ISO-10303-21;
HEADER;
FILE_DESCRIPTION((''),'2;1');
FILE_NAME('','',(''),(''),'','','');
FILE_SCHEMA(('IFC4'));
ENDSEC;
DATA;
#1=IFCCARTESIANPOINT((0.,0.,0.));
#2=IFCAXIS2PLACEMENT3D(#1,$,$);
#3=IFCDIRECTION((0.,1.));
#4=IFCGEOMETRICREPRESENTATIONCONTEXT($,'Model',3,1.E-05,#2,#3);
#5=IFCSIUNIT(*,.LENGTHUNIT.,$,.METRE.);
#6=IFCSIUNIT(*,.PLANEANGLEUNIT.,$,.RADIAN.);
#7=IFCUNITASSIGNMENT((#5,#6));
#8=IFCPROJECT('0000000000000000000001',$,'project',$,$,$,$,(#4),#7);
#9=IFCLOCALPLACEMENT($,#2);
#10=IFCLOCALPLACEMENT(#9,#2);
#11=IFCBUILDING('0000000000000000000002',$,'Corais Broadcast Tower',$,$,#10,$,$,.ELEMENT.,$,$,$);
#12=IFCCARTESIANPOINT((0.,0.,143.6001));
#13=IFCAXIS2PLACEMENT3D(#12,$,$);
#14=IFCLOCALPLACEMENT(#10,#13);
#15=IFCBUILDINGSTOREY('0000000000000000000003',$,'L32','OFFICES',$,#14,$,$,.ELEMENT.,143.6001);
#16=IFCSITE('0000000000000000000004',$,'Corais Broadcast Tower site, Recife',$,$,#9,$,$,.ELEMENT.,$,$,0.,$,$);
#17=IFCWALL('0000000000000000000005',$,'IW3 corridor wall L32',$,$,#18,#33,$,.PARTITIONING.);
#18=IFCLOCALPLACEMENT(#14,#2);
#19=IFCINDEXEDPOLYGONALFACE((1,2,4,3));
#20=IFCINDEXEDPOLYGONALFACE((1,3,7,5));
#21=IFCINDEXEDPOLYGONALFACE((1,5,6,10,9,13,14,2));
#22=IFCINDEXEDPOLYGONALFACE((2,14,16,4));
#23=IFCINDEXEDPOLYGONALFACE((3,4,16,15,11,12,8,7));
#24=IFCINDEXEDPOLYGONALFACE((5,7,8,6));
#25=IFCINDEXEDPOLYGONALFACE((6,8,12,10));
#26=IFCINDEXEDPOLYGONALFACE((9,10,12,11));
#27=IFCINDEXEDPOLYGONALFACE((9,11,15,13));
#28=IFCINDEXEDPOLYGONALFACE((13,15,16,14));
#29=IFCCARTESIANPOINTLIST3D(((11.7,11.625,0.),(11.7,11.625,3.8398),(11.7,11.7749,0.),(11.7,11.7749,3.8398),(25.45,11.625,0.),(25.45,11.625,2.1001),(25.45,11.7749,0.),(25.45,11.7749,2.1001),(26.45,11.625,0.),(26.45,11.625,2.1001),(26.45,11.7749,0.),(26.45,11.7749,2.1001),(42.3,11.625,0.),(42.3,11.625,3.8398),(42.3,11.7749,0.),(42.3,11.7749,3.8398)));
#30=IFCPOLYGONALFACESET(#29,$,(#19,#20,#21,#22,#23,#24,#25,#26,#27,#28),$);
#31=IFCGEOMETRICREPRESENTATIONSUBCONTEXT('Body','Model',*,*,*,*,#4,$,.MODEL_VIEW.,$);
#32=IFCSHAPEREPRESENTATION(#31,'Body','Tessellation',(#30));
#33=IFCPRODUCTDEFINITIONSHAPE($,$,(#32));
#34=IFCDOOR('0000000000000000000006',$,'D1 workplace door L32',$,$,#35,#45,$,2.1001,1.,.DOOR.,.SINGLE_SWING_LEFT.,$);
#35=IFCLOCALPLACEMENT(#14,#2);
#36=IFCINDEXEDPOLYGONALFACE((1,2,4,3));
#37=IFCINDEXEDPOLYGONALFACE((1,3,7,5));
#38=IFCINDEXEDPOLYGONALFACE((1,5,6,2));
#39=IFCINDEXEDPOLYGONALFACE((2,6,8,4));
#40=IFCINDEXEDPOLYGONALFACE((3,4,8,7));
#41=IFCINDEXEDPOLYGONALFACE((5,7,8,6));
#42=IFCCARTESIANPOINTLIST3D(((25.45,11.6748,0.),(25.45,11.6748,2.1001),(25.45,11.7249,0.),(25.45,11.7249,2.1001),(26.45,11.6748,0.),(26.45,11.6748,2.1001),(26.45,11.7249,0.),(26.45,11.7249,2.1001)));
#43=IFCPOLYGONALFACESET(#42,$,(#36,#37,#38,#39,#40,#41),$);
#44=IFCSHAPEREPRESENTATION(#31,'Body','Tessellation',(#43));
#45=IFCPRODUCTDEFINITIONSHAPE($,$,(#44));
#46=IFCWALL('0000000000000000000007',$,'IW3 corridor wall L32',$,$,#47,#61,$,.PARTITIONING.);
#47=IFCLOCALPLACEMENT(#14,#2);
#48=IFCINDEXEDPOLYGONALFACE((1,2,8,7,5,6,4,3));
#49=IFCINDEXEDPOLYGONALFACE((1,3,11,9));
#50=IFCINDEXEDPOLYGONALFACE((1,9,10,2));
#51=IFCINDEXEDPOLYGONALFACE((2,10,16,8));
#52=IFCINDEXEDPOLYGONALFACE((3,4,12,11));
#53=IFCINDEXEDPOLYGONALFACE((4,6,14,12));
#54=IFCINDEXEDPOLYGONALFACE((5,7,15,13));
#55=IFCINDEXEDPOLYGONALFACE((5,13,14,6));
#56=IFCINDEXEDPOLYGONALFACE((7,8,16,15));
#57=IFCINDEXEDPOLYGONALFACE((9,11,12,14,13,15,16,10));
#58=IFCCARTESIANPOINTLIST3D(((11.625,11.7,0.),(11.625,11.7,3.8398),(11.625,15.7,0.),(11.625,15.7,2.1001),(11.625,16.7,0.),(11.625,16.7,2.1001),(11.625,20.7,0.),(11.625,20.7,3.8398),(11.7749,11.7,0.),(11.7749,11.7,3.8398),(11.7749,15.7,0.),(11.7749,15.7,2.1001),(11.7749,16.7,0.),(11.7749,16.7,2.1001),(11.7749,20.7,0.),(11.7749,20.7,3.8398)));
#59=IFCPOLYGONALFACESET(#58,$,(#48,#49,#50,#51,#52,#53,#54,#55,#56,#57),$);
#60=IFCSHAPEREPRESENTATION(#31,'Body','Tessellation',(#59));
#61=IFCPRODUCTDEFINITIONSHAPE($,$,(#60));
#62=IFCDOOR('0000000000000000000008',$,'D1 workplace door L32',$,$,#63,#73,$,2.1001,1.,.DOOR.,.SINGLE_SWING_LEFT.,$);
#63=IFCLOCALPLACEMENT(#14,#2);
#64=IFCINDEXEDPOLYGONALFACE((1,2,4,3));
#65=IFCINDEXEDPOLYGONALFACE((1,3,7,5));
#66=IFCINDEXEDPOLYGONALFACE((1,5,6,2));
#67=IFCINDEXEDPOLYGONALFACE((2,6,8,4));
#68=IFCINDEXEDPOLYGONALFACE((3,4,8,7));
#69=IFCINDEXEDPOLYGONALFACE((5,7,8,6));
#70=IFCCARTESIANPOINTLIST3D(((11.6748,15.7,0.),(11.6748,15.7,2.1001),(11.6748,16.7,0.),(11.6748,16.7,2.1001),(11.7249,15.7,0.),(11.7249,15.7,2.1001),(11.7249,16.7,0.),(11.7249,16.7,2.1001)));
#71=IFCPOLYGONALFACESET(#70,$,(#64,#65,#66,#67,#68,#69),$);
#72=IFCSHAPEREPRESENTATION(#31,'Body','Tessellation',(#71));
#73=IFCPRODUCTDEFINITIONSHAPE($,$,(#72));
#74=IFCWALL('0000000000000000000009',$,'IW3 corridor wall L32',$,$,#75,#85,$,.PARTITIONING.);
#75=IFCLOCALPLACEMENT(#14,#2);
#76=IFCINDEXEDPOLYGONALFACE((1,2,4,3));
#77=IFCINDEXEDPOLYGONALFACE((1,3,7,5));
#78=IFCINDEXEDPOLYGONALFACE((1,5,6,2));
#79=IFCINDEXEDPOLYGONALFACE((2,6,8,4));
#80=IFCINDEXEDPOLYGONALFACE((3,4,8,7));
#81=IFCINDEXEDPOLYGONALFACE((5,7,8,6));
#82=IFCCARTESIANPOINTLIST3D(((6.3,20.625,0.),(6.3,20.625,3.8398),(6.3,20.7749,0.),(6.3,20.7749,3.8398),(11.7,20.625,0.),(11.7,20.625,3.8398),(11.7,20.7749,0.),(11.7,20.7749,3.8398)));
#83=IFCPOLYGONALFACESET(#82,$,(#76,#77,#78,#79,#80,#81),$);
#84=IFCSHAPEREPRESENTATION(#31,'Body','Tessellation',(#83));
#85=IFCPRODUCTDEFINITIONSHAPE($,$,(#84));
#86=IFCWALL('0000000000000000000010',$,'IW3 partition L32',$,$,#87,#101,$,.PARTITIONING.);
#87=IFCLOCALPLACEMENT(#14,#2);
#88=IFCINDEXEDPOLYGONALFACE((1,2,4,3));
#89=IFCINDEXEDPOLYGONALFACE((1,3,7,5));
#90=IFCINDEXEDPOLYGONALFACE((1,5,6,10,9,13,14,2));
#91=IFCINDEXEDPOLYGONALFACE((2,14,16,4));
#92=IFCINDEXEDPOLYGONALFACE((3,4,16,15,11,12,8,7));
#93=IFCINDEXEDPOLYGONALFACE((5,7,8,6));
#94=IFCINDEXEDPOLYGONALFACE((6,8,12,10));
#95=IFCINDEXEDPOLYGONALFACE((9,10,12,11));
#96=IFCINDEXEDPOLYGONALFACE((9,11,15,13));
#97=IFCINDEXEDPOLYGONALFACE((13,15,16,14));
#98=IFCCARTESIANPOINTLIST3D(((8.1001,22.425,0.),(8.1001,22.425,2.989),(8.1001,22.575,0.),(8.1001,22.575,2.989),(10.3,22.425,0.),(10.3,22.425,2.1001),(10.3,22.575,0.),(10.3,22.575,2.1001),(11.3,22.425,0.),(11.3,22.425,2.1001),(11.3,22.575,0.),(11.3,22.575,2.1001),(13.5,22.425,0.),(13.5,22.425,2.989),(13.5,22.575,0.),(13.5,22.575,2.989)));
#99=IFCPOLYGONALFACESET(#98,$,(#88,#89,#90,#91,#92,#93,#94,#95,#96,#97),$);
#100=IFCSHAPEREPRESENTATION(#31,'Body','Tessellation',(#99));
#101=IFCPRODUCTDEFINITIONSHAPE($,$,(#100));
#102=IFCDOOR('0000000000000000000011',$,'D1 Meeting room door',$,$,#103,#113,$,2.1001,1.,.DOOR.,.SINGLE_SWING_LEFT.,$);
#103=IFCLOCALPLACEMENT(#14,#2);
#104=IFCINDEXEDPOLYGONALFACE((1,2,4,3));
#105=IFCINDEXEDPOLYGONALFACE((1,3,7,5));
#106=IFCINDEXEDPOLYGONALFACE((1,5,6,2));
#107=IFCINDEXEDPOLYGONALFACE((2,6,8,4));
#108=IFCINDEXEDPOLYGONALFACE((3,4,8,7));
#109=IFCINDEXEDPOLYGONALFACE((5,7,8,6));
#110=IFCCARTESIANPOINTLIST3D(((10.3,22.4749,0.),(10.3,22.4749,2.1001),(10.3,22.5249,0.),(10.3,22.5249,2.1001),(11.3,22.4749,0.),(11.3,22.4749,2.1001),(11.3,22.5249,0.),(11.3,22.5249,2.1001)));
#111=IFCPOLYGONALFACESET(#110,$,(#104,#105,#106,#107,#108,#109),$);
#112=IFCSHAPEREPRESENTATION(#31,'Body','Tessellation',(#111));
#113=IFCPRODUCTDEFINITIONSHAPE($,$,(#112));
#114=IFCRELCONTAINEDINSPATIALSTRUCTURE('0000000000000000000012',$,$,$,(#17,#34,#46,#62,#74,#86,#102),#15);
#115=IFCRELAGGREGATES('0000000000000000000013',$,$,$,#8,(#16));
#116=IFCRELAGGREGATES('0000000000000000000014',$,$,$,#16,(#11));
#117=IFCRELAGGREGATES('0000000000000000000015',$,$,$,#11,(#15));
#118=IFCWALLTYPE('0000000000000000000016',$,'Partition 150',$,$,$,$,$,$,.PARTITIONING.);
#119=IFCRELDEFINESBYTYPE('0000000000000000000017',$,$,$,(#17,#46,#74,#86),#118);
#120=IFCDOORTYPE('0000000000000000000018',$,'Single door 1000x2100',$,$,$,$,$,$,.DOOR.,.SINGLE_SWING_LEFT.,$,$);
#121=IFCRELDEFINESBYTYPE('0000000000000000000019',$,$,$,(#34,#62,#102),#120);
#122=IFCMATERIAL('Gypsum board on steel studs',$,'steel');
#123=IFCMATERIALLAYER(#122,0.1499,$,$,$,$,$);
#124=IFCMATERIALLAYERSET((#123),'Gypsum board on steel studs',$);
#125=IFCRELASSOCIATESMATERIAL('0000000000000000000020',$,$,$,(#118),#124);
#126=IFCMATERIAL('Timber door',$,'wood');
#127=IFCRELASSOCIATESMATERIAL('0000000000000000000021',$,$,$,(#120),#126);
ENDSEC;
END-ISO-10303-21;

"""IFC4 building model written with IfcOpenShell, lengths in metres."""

from ifc_helpers import new_model, si_unit, direction, frame, frame_2d, origin, place, context, subcontext, project, spatial, rectangle, extrude, material, layer, layer_set, type_object, element, fill, save


model = new_model("IFC4")

# Units and contexts
model_context = context("Model", 3, precision=1e-05, world=origin(), true_north=direction((0.0, 1.0)))
body_context = subcontext(model_context, "Body", "Model", "MODEL_VIEW")
ifc_project = project(units=[si_unit("LENGTHUNIT", "METRE"), si_unit("PLANEANGLEUNIT", "RADIAN")], contexts=[model_context])

# Site, building, storey
site_placement = place(None, origin())
site = spatial("IfcSite", under=ifc_project, at=site_placement, Name="Corais Broadcast Tower site, Recife", CompositionType="ELEMENT", RefElevation=0.0)
building_placement = place(site_placement, origin())
building = spatial("IfcBuilding", under=site, at=building_placement, Name="Corais Broadcast Tower", CompositionType="ELEMENT")
storey_placement = place(building_placement, frame((0.0, 0.0, 143.6001)))
storey = spatial("IfcBuildingStorey", under=building, at=storey_placement, Name="L32", Description="OFFICES", CompositionType="ELEMENT", Elevation=143.6001)

# Walls, openings, doors
ifc_material_1 = material(Name="Gypsum board on steel studs", Category="steel")
ifc_layer_1 = layer(ifc_material_1, 0.1499)
ifc_layer_set_1 = layer_set([ifc_layer_1], Name="Gypsum board on steel studs")
wall_type_1 = type_object("IfcWallType", Name="Partition 150", PredefinedType="PARTITIONING", material=ifc_layer_set_1)
wall_1_placement = place(storey_placement, frame((11.7, 11.7, 0.0), z_axis=(0.0, 0.0, 1.0), x_axis=(1.0, 0.0, 0.0)))
wall_1 = element("IfcWall", 1, at=wall_1_placement, inside=storey, type_object=wall_type_1, Name="IW3 corridor wall L32", PredefinedType="PARTITIONING", context=body_context, shape_type="SweptSolid", body=[
    extrude(rectangle(XDim=30.6001, YDim=0.1499, at=frame_2d((15.3, 0.0))), origin(), (0.0, 0.0, 1.0), 3.8398),
])
opening_1_placement = place(wall_1_placement, frame((13.75, 0.0, 0.0)))
opening_1 = element("IfcOpeningElement", 2, at=opening_1_placement, cuts=wall_1, PredefinedType="OPENING", context=body_context, shape_type="SweptSolid", body=[
    extrude(rectangle(XDim=1.0, YDim=2.1001, at=frame_2d((0.5, 1.05))), frame((0.0, 0.085, 0.0), z_axis=(0.0, -1.0, 0.0), x_axis=(1.0, 0.0, 0.0)), (0.0, 0.0, 1.0), 0.1699),
])
ifc_material_2 = material(Name="Timber door", Category="wood")
door_type = type_object("IfcDoorType", Name="Single door 1000x2100", OperationType="SINGLE_SWING_LEFT", PredefinedType="DOOR", material=ifc_material_2)
door_1_placement = place(opening_1_placement, origin())
door_1 = element("IfcDoor", 3, at=door_1_placement, inside=storey, type_object=door_type, Name="D1 workplace door L32", OperationType="SINGLE_SWING_LEFT", OverallHeight=2.1001, OverallWidth=1.0, PredefinedType="DOOR", context=body_context, shape_type="SweptSolid", body=[
    extrude(rectangle(XDim=1.0, YDim=2.1001, at=frame_2d((0.5, 1.05))), frame((0.0, 0.0249, 0.0), z_axis=(0.0, -1.0, 0.0), x_axis=(1.0, 0.0, 0.0)), (0.0, 0.0, 1.0), 0.05),
])
fill(opening_1, door_1)
wall_2_placement = place(storey_placement, frame((11.7, 20.7, 0.0), z_axis=(0.0, 0.0, 1.0), x_axis=(0.0, -1.0, 0.0)))
wall_2 = element("IfcWall", 4, at=wall_2_placement, inside=storey, type_object=wall_type_1, Name="IW3 corridor wall L32", PredefinedType="PARTITIONING", context=body_context, shape_type="SweptSolid", body=[
    extrude(rectangle(XDim=9.0, YDim=0.1499, at=frame_2d((4.5, 0.0))), origin(), (0.0, 0.0, 1.0), 3.8398),
])
opening_2_placement = place(wall_2_placement, frame((4.0, 0.0, 0.0)))
opening_2 = element("IfcOpeningElement", 5, at=opening_2_placement, cuts=wall_2, PredefinedType="OPENING", context=body_context, shape_type="SweptSolid", body=[
    extrude(rectangle(XDim=1.0, YDim=2.1001, at=frame_2d((0.5, 1.05))), frame((0.0, 0.085, 0.0), z_axis=(0.0, -1.0, 0.0), x_axis=(1.0, 0.0, 0.0)), (0.0, 0.0, 1.0), 0.1699),
])
door_2_placement = place(opening_2_placement, origin())
door_2 = element("IfcDoor", 6, at=door_2_placement, inside=storey, type_object=door_type, Name="D1 workplace door L32", OperationType="SINGLE_SWING_LEFT", OverallHeight=2.1001, OverallWidth=1.0, PredefinedType="DOOR", context=body_context, shape_type="SweptSolid", body=[
    extrude(rectangle(XDim=1.0, YDim=2.1001, at=frame_2d((0.5, 1.05))), frame((0.0, 0.0249, 0.0), z_axis=(0.0, -1.0, 0.0), x_axis=(1.0, 0.0, 0.0)), (0.0, 0.0, 1.0), 0.05),
])
fill(opening_2, door_2)

# Wall
wall_3_placement = place(storey_placement, frame((6.3, 20.7, 0.0), z_axis=(0.0, 0.0, 1.0), x_axis=(1.0, 0.0, 0.0)))
element("IfcWall", 7, at=wall_3_placement, inside=storey, type_object=wall_type_1, Name="IW3 corridor wall L32", PredefinedType="PARTITIONING", context=body_context, shape_type="SweptSolid", body=[
    extrude(rectangle(XDim=5.3999, YDim=0.1499, at=frame_2d((2.7, 0.0))), origin(), (0.0, 0.0, 1.0), 3.8398),
])

# Wall, opening, door
wall_4_placement = place(storey_placement, frame((8.1001, 22.5, 0.0), z_axis=(0.0, 0.0, 1.0), x_axis=(1.0, 0.0, 0.0)))
wall_4 = element("IfcWall", 8, at=wall_4_placement, inside=storey, type_object=wall_type_1, Name="IW3 partition L32", PredefinedType="PARTITIONING", context=body_context, shape_type="SweptSolid", body=[
    extrude(rectangle(XDim=5.3999, YDim=0.1499, at=frame_2d((2.7, 0.0))), origin(), (0.0, 0.0, 1.0), 2.989),
])
opening_3_placement = place(wall_4_placement, frame((2.2, 0.0, 0.0)))
opening_3 = element("IfcOpeningElement", 9, at=opening_3_placement, cuts=wall_4, PredefinedType="OPENING", context=body_context, shape_type="SweptSolid", body=[
    extrude(rectangle(XDim=1.0, YDim=2.1001, at=frame_2d((0.5, 1.05))), frame((0.0, 0.085, 0.0), z_axis=(0.0, -1.0, 0.0), x_axis=(1.0, 0.0, 0.0)), (0.0, 0.0, 1.0), 0.1699),
])
door_3_placement = place(opening_3_placement, origin())
door_3 = element("IfcDoor", 10, at=door_3_placement, inside=storey, type_object=door_type, Name="D1 Meeting room door", OperationType="SINGLE_SWING_LEFT", OverallHeight=2.1001, OverallWidth=1.0, PredefinedType="DOOR", context=body_context, shape_type="SweptSolid", body=[
    extrude(rectangle(XDim=1.0, YDim=2.1001, at=frame_2d((0.5, 1.05))), frame((0.0, 0.0249, 0.0), z_axis=(0.0, -1.0, 0.0), x_axis=(1.0, 0.0, 0.0)), (0.0, 0.0, 1.0), 0.05),
])
fill(opening_3, door_3)

save(model, "model.ifc")
